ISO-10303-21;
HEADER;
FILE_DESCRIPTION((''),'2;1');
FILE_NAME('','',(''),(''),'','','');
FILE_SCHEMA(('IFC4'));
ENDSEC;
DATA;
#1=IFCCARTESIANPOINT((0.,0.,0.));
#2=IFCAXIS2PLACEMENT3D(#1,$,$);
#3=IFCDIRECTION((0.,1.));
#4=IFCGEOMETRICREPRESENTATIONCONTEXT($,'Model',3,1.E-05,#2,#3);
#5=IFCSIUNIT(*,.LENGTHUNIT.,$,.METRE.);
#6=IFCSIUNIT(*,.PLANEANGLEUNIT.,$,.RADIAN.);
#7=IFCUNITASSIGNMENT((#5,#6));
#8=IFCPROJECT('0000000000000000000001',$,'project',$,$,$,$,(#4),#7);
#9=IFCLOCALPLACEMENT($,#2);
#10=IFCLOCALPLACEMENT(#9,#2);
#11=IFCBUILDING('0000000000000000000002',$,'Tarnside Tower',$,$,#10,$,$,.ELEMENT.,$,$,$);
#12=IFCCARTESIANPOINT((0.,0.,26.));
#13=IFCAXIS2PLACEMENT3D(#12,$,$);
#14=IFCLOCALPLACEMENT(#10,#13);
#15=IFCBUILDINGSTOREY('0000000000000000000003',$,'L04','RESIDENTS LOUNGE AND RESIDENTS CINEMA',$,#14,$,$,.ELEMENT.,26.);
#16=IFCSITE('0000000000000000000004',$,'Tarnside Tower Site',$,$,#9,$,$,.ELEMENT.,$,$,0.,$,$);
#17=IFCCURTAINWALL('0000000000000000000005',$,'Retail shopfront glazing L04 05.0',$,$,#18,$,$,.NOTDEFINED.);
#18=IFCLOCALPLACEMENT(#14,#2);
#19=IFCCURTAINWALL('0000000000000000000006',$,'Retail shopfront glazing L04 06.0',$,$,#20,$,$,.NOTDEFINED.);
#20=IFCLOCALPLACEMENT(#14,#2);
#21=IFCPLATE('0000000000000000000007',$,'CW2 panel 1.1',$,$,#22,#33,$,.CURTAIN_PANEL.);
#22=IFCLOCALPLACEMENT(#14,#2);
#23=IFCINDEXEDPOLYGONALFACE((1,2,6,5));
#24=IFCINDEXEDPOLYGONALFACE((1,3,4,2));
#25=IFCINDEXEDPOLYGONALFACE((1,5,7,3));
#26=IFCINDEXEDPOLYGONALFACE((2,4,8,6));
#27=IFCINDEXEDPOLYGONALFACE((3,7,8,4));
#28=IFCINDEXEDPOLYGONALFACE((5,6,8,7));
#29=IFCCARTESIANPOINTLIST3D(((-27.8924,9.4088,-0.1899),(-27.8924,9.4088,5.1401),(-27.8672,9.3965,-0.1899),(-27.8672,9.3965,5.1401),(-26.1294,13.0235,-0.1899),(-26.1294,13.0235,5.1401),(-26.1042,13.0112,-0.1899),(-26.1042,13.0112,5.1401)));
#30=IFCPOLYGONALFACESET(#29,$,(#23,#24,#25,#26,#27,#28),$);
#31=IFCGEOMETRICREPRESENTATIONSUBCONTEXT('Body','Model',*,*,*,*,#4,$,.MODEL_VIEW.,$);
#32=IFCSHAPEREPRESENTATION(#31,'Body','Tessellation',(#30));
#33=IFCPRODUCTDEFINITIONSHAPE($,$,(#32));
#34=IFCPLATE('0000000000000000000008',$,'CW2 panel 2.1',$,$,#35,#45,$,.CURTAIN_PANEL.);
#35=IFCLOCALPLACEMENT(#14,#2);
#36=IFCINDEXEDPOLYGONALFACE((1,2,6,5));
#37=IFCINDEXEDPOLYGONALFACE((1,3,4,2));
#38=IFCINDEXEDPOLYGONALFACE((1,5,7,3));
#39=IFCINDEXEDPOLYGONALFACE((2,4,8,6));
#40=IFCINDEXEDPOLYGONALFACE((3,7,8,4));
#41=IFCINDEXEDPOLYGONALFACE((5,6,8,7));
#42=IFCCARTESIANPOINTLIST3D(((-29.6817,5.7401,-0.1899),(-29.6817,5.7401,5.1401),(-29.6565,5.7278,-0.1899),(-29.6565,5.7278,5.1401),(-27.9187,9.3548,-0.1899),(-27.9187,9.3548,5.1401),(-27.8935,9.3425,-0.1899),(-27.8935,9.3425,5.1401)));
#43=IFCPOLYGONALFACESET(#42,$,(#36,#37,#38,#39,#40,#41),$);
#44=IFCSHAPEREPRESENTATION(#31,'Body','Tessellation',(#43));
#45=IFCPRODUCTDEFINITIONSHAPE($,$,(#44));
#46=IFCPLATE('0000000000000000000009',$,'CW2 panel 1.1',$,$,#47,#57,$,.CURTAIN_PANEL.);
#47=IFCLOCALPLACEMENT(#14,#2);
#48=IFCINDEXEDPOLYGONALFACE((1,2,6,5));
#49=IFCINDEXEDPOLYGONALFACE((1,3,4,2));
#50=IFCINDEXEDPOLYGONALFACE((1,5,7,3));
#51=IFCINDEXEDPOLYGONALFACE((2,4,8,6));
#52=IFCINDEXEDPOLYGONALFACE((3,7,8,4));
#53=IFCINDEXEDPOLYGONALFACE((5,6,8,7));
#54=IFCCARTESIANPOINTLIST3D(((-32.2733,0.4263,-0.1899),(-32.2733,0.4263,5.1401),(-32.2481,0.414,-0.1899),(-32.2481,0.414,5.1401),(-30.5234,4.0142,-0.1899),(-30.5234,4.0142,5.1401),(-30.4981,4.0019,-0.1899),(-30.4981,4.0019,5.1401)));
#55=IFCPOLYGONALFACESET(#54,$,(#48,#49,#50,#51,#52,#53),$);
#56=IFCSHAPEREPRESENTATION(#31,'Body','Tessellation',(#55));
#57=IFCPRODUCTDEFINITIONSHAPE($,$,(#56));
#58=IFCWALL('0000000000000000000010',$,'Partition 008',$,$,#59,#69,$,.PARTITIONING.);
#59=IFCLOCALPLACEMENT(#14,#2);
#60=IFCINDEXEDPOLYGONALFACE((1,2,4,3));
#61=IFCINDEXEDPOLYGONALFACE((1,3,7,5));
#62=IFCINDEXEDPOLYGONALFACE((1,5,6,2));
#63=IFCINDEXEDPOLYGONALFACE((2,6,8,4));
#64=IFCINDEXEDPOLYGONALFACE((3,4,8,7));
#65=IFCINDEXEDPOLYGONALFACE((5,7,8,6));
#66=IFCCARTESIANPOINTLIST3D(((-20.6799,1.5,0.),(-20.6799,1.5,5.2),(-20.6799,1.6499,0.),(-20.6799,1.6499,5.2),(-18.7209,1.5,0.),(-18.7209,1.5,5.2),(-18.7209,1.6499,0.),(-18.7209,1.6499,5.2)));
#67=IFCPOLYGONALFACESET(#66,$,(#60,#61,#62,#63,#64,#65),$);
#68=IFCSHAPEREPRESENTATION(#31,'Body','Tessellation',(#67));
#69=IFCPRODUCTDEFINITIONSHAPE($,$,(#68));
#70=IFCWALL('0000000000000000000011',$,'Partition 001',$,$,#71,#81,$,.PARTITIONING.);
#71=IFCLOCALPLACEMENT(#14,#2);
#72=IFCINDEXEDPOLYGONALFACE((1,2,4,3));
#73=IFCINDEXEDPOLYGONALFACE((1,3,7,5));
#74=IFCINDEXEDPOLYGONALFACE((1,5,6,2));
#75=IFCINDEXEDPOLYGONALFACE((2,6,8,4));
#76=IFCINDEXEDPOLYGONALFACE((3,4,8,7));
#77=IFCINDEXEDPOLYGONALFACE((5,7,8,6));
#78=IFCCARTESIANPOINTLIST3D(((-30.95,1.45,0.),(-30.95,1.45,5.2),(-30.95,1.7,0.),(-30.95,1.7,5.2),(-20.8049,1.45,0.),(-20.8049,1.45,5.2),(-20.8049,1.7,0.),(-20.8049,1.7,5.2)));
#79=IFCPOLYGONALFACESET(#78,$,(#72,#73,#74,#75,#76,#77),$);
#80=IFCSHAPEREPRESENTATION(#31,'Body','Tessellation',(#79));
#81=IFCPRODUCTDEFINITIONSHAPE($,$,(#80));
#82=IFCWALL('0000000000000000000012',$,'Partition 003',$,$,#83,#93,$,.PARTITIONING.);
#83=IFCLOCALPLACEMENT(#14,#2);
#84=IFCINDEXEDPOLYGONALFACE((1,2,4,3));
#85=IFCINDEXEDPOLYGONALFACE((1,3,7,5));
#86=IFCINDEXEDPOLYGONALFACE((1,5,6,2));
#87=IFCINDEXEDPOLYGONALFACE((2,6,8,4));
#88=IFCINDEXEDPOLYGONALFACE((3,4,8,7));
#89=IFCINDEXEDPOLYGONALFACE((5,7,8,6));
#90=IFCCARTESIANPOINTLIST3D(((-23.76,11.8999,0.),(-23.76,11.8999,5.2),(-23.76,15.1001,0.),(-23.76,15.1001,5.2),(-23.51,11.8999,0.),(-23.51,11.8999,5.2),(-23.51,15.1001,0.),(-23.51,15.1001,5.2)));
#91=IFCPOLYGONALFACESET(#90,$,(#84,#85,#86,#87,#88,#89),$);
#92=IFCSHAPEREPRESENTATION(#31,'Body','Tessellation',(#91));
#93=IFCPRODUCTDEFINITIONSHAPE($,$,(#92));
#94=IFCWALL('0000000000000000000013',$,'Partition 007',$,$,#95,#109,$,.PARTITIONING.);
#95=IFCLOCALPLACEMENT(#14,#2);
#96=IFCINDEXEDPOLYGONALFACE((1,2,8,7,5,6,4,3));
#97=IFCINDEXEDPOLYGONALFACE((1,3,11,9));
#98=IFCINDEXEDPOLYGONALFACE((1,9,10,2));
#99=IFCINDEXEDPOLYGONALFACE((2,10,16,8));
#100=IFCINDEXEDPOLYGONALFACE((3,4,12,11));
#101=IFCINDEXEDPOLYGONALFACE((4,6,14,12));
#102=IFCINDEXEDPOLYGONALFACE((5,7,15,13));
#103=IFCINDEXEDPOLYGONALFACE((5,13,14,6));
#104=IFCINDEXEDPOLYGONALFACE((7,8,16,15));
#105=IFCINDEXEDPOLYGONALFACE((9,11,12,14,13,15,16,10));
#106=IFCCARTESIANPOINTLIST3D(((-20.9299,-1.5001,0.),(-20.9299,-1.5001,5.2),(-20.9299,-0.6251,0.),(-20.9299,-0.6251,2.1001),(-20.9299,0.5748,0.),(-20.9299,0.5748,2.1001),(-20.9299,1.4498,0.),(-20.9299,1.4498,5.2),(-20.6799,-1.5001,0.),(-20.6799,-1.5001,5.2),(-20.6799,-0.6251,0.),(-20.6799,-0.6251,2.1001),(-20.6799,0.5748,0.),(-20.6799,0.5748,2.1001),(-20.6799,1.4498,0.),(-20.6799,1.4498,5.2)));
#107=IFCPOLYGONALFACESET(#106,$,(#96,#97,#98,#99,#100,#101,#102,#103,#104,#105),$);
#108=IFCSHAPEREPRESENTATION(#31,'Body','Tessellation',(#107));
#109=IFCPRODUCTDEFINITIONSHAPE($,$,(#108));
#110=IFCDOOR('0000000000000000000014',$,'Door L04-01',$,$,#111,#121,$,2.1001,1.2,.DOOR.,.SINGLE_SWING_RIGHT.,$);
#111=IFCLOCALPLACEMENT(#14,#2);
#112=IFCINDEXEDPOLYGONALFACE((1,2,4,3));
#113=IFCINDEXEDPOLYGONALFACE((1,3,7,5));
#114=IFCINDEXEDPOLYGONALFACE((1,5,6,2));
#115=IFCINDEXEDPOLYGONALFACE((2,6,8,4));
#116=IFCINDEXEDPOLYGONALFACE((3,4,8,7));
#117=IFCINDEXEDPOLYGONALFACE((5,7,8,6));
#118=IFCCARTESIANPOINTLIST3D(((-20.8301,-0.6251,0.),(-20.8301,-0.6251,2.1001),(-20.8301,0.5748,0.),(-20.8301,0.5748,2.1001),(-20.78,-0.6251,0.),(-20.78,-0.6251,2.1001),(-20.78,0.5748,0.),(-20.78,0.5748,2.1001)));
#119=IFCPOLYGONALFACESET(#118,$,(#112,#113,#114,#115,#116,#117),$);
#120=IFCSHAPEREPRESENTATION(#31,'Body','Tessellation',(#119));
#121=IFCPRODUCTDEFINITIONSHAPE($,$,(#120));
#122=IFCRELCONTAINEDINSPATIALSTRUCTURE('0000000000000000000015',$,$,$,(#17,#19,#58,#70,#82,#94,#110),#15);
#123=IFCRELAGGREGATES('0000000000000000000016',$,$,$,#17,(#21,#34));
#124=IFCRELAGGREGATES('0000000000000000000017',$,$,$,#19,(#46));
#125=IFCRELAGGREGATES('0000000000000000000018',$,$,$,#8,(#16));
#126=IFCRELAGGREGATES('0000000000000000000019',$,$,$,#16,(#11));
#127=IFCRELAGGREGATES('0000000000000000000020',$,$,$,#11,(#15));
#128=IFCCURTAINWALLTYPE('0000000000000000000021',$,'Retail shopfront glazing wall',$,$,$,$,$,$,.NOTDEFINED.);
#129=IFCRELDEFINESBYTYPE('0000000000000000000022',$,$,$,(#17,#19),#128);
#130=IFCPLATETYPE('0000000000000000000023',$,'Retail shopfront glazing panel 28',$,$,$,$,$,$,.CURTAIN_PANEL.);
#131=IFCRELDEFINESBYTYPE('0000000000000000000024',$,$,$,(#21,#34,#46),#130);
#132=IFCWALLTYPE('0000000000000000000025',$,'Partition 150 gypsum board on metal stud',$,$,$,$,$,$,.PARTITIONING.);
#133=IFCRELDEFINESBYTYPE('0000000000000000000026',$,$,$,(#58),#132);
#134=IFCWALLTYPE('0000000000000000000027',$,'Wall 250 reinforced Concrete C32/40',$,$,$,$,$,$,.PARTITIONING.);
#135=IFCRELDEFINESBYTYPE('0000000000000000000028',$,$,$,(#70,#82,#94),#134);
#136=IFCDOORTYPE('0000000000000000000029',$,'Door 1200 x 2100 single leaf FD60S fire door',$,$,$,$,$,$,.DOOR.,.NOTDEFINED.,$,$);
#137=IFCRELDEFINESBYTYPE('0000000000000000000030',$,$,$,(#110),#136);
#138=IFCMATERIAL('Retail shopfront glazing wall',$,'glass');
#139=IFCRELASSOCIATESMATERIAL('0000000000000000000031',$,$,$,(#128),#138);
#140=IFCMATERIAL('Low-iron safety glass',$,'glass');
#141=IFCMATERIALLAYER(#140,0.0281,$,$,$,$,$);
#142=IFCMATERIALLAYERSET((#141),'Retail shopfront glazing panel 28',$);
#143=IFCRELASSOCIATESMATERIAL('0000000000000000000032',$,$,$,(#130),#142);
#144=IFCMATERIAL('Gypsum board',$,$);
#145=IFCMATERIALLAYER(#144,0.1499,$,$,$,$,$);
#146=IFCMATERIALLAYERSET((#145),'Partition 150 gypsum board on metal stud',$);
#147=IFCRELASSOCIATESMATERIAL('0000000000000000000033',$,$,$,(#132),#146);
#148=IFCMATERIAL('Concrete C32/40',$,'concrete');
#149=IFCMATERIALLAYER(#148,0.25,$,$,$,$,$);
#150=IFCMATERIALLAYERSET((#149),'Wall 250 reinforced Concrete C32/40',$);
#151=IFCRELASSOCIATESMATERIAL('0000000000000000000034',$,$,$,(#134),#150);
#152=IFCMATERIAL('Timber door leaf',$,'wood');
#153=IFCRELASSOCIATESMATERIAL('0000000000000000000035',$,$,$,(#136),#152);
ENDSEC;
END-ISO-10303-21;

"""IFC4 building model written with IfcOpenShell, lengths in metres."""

from ifc_helpers import new_model, si_unit, direction, frame, frame_2d, origin, origin_2d, place, context, subcontext, project, spatial, rectangle, extrude, material, layer, layer_set, type_object, element, fill, aggregate, save


model = new_model("IFC4")

# Units and contexts
model_context = context("Model", 3, precision=1e-05, world=origin(), true_north=direction((0.0, 1.0)))
body_context = subcontext(model_context, "Body", "Model", "MODEL_VIEW")
ifc_project = project(units=[si_unit("LENGTHUNIT", "METRE"), si_unit("PLANEANGLEUNIT", "RADIAN")], contexts=[model_context])

# Site, building, storey
site_placement = place(None, origin())
site = spatial("IfcSite", under=ifc_project, at=site_placement, Name="Tarnside Tower Site", CompositionType="ELEMENT", RefElevation=0.0)
building_placement = place(site_placement, origin())
building = spatial("IfcBuilding", under=site, at=building_placement, Name="Tarnside Tower", CompositionType="ELEMENT")
storey_placement = place(building_placement, frame((0.0, 0.0, 26.0)))
storey = spatial("IfcBuildingStorey", under=building, at=storey_placement, Name="L04", Description="RESIDENTS LOUNGE AND RESIDENTS CINEMA", CompositionType="ELEMENT", Elevation=26.0)

# Curtain walls
ifc_material_1 = material(Name="Retail shopfront glazing wall", Category="glass")
curtain_wall_type = type_object("IfcCurtainWallType", Name="Retail shopfront glazing wall", PredefinedType="NOTDEFINED", material=ifc_material_1)
curtain_wall_1_placement = place(storey_placement, origin())
curtain_wall_1 = element("IfcCurtainWall", 1, at=curtain_wall_1_placement, inside=storey, type_object=curtain_wall_type, Name="Retail shopfront glazing L04 05.0", PredefinedType="NOTDEFINED")
curtain_wall_2_placement = place(storey_placement, origin())
curtain_wall_2 = element("IfcCurtainWall", 2, at=curtain_wall_2_placement, inside=storey, type_object=curtain_wall_type, Name="Retail shopfront glazing L04 06.0", PredefinedType="NOTDEFINED")

# Plates
ifc_material_2 = material(Name="Low-iron safety glass", Category="glass")
ifc_layer_1 = layer(ifc_material_2, 0.0281)
ifc_layer_set_1 = layer_set([ifc_layer_1], Name="Retail shopfront glazing panel 28")
plate_type = type_object("IfcPlateType", Name="Retail shopfront glazing panel 28", PredefinedType="CURTAIN_PANEL", material=ifc_layer_set_1)
plate_1_placement = place(storey_placement, frame((-26.9983, 11.21, -0.1899), z_axis=(0.0, 0.0, 1.0), x_axis=(-0.438371, -0.898794, 0.0)))
plate_1 = element("IfcPlate", 3, at=plate_1_placement, type_object=plate_type, Name="CW2 panel 1.1", PredefinedType="CURTAIN_PANEL", context=body_context, shape_type="SweptSolid", body=[
    extrude(rectangle(XDim=4.0217, YDim=0.0281, at=origin_2d()), origin(), (0.0, 0.0, 1.0), 5.3301),
])
plate_2_placement = place(storey_placement, frame((-28.7876, 7.5413, -0.1899), z_axis=(0.0, 0.0, 1.0), x_axis=(-0.438371, -0.898794, 0.0)))
plate_2 = element("IfcPlate", 4, at=plate_2_placement, type_object=plate_type, Name="CW2 panel 2.1", PredefinedType="CURTAIN_PANEL", context=body_context, shape_type="SweptSolid", body=[
    extrude(rectangle(XDim=4.0217, YDim=0.0281, at=origin_2d()), origin(), (0.0, 0.0, 1.0), 5.3301),
])
aggregate(curtain_wall_1, [plate_1, plate_2])
plate_3_placement = place(storey_placement, frame((-31.3857, 2.2141, -0.1899), z_axis=(0.0, 0.0, 1.0), x_axis=(-0.438371, -0.898794, 0.0)))
plate_3 = element("IfcPlate", 5, at=plate_3_placement, type_object=plate_type, Name="CW2 panel 1.1", PredefinedType="CURTAIN_PANEL", context=body_context, shape_type="SweptSolid", body=[
    extrude(rectangle(XDim=3.9919, YDim=0.0281, at=origin_2d()), origin(), (0.0, 0.0, 1.0), 5.3301),
])
aggregate(curtain_wall_2, [plate_3])

# Walls
ifc_material_3 = material(Name="Gypsum board")
ifc_layer_2 = layer(ifc_material_3, 0.1499)
ifc_layer_set_2 = layer_set([ifc_layer_2], Name="Partition 150 gypsum board on metal stud")
wall_type_1 = type_object("IfcWallType", Name="Partition 150 gypsum board on metal stud", PredefinedType="PARTITIONING", material=ifc_layer_set_2)
wall_1_placement = place(storey_placement, frame((-20.6799, 1.575, 0.0), z_axis=(0.0, 0.0, 1.0), x_axis=(1.0, 0.0, 0.0)))
element("IfcWall", 6, at=wall_1_placement, inside=storey, type_object=wall_type_1, Name="Partition 008", PredefinedType="PARTITIONING", context=body_context, shape_type="SweptSolid", body=[
    extrude(rectangle(XDim=1.959, YDim=0.1499, at=frame_2d((0.9795, 0.0))), origin(), (0.0, 0.0, 1.0), 5.2),
])
ifc_material_4 = material(Name="Concrete C32/40", Category="concrete")
ifc_layer_3 = layer(ifc_material_4, 0.25)
ifc_layer_set_3 = layer_set([ifc_layer_3], Name="Wall 250 reinforced Concrete C32/40")
wall_type_2 = type_object("IfcWallType", Name="Wall 250 reinforced Concrete C32/40", PredefinedType="PARTITIONING", material=ifc_layer_set_3)
wall_2_placement = place(storey_placement, frame((-30.95, 1.575, 0.0), z_axis=(0.0, 0.0, 1.0), x_axis=(1.0, 0.0, 0.0)))
element("IfcWall", 7, at=wall_2_placement, inside=storey, type_object=wall_type_2, Name="Partition 001", PredefinedType="PARTITIONING", context=body_context, shape_type="SweptSolid", body=[
    extrude(rectangle(XDim=10.145, YDim=0.25, at=frame_2d((5.0725, 0.0))), origin(), (0.0, 0.0, 1.0), 5.2),
])
wall_3_placement = place(storey_placement, frame((-23.635, 11.8999, 0.0), z_axis=(0.0, 0.0, 1.0), x_axis=(0.0, 1.0, 0.0)))
element("IfcWall", 8, at=wall_3_placement, inside=storey, type_object=wall_type_2, Name="Partition 003", PredefinedType="PARTITIONING", context=body_context, shape_type="SweptSolid", body=[
    extrude(rectangle(XDim=3.2002, YDim=0.25, at=frame_2d((1.6001, 0.0))), origin(), (0.0, 0.0, 1.0), 5.2),
])

# Wall, opening, door
wall_4_placement = place(storey_placement, frame((-20.8049, 1.45, 0.0), z_axis=(0.0, 0.0, 1.0), x_axis=(0.0, -1.0, 0.0)))
wall_4 = element("IfcWall", 9, at=wall_4_placement, inside=storey, type_object=wall_type_2, Name="Partition 007", PredefinedType="PARTITIONING", context=body_context, shape_type="SweptSolid", body=[
    extrude(rectangle(XDim=2.95, YDim=0.25, at=frame_2d((1.4751, 0.0))), origin(), (0.0, 0.0, 1.0), 5.2),
])
opening_placement = place(wall_4_placement, frame((0.875, 0.0, 0.0)))
opening = element("IfcOpeningElement", 10, at=opening_placement, cuts=wall_4, PredefinedType="OPENING", context=body_context, shape_type="SweptSolid", body=[
    extrude(rectangle(XDim=1.2, YDim=2.1001, at=frame_2d((0.6001, 1.05))), frame((0.0, 0.135, 0.0), z_axis=(0.0, -1.0, 0.0), x_axis=(1.0, 0.0, 0.0)), (0.0, 0.0, 1.0), 0.27),
])
ifc_material_5 = material(Name="Timber door leaf", Category="wood")
door_type = type_object("IfcDoorType", Name="Door 1200 x 2100 single leaf FD60S fire door", OperationType="NOTDEFINED", PredefinedType="DOOR", material=ifc_material_5)
door_placement = place(opening_placement, origin())
door = element("IfcDoor", 11, at=door_placement, inside=storey, type_object=door_type, Name="Door L04-01", OperationType="SINGLE_SWING_RIGHT", OverallHeight=2.1001, OverallWidth=1.2, PredefinedType="DOOR", context=body_context, shape_type="SweptSolid", body=[
    extrude(rectangle(XDim=1.2, YDim=2.1001, at=frame_2d((0.6001, 1.05))), frame((0.0, 0.0249, 0.0), z_axis=(0.0, -1.0, 0.0), x_axis=(1.0, 0.0, 0.0)), (0.0, 0.0, 1.0), 0.05),
])
fill(opening, door)

save(model, "model.ifc")
